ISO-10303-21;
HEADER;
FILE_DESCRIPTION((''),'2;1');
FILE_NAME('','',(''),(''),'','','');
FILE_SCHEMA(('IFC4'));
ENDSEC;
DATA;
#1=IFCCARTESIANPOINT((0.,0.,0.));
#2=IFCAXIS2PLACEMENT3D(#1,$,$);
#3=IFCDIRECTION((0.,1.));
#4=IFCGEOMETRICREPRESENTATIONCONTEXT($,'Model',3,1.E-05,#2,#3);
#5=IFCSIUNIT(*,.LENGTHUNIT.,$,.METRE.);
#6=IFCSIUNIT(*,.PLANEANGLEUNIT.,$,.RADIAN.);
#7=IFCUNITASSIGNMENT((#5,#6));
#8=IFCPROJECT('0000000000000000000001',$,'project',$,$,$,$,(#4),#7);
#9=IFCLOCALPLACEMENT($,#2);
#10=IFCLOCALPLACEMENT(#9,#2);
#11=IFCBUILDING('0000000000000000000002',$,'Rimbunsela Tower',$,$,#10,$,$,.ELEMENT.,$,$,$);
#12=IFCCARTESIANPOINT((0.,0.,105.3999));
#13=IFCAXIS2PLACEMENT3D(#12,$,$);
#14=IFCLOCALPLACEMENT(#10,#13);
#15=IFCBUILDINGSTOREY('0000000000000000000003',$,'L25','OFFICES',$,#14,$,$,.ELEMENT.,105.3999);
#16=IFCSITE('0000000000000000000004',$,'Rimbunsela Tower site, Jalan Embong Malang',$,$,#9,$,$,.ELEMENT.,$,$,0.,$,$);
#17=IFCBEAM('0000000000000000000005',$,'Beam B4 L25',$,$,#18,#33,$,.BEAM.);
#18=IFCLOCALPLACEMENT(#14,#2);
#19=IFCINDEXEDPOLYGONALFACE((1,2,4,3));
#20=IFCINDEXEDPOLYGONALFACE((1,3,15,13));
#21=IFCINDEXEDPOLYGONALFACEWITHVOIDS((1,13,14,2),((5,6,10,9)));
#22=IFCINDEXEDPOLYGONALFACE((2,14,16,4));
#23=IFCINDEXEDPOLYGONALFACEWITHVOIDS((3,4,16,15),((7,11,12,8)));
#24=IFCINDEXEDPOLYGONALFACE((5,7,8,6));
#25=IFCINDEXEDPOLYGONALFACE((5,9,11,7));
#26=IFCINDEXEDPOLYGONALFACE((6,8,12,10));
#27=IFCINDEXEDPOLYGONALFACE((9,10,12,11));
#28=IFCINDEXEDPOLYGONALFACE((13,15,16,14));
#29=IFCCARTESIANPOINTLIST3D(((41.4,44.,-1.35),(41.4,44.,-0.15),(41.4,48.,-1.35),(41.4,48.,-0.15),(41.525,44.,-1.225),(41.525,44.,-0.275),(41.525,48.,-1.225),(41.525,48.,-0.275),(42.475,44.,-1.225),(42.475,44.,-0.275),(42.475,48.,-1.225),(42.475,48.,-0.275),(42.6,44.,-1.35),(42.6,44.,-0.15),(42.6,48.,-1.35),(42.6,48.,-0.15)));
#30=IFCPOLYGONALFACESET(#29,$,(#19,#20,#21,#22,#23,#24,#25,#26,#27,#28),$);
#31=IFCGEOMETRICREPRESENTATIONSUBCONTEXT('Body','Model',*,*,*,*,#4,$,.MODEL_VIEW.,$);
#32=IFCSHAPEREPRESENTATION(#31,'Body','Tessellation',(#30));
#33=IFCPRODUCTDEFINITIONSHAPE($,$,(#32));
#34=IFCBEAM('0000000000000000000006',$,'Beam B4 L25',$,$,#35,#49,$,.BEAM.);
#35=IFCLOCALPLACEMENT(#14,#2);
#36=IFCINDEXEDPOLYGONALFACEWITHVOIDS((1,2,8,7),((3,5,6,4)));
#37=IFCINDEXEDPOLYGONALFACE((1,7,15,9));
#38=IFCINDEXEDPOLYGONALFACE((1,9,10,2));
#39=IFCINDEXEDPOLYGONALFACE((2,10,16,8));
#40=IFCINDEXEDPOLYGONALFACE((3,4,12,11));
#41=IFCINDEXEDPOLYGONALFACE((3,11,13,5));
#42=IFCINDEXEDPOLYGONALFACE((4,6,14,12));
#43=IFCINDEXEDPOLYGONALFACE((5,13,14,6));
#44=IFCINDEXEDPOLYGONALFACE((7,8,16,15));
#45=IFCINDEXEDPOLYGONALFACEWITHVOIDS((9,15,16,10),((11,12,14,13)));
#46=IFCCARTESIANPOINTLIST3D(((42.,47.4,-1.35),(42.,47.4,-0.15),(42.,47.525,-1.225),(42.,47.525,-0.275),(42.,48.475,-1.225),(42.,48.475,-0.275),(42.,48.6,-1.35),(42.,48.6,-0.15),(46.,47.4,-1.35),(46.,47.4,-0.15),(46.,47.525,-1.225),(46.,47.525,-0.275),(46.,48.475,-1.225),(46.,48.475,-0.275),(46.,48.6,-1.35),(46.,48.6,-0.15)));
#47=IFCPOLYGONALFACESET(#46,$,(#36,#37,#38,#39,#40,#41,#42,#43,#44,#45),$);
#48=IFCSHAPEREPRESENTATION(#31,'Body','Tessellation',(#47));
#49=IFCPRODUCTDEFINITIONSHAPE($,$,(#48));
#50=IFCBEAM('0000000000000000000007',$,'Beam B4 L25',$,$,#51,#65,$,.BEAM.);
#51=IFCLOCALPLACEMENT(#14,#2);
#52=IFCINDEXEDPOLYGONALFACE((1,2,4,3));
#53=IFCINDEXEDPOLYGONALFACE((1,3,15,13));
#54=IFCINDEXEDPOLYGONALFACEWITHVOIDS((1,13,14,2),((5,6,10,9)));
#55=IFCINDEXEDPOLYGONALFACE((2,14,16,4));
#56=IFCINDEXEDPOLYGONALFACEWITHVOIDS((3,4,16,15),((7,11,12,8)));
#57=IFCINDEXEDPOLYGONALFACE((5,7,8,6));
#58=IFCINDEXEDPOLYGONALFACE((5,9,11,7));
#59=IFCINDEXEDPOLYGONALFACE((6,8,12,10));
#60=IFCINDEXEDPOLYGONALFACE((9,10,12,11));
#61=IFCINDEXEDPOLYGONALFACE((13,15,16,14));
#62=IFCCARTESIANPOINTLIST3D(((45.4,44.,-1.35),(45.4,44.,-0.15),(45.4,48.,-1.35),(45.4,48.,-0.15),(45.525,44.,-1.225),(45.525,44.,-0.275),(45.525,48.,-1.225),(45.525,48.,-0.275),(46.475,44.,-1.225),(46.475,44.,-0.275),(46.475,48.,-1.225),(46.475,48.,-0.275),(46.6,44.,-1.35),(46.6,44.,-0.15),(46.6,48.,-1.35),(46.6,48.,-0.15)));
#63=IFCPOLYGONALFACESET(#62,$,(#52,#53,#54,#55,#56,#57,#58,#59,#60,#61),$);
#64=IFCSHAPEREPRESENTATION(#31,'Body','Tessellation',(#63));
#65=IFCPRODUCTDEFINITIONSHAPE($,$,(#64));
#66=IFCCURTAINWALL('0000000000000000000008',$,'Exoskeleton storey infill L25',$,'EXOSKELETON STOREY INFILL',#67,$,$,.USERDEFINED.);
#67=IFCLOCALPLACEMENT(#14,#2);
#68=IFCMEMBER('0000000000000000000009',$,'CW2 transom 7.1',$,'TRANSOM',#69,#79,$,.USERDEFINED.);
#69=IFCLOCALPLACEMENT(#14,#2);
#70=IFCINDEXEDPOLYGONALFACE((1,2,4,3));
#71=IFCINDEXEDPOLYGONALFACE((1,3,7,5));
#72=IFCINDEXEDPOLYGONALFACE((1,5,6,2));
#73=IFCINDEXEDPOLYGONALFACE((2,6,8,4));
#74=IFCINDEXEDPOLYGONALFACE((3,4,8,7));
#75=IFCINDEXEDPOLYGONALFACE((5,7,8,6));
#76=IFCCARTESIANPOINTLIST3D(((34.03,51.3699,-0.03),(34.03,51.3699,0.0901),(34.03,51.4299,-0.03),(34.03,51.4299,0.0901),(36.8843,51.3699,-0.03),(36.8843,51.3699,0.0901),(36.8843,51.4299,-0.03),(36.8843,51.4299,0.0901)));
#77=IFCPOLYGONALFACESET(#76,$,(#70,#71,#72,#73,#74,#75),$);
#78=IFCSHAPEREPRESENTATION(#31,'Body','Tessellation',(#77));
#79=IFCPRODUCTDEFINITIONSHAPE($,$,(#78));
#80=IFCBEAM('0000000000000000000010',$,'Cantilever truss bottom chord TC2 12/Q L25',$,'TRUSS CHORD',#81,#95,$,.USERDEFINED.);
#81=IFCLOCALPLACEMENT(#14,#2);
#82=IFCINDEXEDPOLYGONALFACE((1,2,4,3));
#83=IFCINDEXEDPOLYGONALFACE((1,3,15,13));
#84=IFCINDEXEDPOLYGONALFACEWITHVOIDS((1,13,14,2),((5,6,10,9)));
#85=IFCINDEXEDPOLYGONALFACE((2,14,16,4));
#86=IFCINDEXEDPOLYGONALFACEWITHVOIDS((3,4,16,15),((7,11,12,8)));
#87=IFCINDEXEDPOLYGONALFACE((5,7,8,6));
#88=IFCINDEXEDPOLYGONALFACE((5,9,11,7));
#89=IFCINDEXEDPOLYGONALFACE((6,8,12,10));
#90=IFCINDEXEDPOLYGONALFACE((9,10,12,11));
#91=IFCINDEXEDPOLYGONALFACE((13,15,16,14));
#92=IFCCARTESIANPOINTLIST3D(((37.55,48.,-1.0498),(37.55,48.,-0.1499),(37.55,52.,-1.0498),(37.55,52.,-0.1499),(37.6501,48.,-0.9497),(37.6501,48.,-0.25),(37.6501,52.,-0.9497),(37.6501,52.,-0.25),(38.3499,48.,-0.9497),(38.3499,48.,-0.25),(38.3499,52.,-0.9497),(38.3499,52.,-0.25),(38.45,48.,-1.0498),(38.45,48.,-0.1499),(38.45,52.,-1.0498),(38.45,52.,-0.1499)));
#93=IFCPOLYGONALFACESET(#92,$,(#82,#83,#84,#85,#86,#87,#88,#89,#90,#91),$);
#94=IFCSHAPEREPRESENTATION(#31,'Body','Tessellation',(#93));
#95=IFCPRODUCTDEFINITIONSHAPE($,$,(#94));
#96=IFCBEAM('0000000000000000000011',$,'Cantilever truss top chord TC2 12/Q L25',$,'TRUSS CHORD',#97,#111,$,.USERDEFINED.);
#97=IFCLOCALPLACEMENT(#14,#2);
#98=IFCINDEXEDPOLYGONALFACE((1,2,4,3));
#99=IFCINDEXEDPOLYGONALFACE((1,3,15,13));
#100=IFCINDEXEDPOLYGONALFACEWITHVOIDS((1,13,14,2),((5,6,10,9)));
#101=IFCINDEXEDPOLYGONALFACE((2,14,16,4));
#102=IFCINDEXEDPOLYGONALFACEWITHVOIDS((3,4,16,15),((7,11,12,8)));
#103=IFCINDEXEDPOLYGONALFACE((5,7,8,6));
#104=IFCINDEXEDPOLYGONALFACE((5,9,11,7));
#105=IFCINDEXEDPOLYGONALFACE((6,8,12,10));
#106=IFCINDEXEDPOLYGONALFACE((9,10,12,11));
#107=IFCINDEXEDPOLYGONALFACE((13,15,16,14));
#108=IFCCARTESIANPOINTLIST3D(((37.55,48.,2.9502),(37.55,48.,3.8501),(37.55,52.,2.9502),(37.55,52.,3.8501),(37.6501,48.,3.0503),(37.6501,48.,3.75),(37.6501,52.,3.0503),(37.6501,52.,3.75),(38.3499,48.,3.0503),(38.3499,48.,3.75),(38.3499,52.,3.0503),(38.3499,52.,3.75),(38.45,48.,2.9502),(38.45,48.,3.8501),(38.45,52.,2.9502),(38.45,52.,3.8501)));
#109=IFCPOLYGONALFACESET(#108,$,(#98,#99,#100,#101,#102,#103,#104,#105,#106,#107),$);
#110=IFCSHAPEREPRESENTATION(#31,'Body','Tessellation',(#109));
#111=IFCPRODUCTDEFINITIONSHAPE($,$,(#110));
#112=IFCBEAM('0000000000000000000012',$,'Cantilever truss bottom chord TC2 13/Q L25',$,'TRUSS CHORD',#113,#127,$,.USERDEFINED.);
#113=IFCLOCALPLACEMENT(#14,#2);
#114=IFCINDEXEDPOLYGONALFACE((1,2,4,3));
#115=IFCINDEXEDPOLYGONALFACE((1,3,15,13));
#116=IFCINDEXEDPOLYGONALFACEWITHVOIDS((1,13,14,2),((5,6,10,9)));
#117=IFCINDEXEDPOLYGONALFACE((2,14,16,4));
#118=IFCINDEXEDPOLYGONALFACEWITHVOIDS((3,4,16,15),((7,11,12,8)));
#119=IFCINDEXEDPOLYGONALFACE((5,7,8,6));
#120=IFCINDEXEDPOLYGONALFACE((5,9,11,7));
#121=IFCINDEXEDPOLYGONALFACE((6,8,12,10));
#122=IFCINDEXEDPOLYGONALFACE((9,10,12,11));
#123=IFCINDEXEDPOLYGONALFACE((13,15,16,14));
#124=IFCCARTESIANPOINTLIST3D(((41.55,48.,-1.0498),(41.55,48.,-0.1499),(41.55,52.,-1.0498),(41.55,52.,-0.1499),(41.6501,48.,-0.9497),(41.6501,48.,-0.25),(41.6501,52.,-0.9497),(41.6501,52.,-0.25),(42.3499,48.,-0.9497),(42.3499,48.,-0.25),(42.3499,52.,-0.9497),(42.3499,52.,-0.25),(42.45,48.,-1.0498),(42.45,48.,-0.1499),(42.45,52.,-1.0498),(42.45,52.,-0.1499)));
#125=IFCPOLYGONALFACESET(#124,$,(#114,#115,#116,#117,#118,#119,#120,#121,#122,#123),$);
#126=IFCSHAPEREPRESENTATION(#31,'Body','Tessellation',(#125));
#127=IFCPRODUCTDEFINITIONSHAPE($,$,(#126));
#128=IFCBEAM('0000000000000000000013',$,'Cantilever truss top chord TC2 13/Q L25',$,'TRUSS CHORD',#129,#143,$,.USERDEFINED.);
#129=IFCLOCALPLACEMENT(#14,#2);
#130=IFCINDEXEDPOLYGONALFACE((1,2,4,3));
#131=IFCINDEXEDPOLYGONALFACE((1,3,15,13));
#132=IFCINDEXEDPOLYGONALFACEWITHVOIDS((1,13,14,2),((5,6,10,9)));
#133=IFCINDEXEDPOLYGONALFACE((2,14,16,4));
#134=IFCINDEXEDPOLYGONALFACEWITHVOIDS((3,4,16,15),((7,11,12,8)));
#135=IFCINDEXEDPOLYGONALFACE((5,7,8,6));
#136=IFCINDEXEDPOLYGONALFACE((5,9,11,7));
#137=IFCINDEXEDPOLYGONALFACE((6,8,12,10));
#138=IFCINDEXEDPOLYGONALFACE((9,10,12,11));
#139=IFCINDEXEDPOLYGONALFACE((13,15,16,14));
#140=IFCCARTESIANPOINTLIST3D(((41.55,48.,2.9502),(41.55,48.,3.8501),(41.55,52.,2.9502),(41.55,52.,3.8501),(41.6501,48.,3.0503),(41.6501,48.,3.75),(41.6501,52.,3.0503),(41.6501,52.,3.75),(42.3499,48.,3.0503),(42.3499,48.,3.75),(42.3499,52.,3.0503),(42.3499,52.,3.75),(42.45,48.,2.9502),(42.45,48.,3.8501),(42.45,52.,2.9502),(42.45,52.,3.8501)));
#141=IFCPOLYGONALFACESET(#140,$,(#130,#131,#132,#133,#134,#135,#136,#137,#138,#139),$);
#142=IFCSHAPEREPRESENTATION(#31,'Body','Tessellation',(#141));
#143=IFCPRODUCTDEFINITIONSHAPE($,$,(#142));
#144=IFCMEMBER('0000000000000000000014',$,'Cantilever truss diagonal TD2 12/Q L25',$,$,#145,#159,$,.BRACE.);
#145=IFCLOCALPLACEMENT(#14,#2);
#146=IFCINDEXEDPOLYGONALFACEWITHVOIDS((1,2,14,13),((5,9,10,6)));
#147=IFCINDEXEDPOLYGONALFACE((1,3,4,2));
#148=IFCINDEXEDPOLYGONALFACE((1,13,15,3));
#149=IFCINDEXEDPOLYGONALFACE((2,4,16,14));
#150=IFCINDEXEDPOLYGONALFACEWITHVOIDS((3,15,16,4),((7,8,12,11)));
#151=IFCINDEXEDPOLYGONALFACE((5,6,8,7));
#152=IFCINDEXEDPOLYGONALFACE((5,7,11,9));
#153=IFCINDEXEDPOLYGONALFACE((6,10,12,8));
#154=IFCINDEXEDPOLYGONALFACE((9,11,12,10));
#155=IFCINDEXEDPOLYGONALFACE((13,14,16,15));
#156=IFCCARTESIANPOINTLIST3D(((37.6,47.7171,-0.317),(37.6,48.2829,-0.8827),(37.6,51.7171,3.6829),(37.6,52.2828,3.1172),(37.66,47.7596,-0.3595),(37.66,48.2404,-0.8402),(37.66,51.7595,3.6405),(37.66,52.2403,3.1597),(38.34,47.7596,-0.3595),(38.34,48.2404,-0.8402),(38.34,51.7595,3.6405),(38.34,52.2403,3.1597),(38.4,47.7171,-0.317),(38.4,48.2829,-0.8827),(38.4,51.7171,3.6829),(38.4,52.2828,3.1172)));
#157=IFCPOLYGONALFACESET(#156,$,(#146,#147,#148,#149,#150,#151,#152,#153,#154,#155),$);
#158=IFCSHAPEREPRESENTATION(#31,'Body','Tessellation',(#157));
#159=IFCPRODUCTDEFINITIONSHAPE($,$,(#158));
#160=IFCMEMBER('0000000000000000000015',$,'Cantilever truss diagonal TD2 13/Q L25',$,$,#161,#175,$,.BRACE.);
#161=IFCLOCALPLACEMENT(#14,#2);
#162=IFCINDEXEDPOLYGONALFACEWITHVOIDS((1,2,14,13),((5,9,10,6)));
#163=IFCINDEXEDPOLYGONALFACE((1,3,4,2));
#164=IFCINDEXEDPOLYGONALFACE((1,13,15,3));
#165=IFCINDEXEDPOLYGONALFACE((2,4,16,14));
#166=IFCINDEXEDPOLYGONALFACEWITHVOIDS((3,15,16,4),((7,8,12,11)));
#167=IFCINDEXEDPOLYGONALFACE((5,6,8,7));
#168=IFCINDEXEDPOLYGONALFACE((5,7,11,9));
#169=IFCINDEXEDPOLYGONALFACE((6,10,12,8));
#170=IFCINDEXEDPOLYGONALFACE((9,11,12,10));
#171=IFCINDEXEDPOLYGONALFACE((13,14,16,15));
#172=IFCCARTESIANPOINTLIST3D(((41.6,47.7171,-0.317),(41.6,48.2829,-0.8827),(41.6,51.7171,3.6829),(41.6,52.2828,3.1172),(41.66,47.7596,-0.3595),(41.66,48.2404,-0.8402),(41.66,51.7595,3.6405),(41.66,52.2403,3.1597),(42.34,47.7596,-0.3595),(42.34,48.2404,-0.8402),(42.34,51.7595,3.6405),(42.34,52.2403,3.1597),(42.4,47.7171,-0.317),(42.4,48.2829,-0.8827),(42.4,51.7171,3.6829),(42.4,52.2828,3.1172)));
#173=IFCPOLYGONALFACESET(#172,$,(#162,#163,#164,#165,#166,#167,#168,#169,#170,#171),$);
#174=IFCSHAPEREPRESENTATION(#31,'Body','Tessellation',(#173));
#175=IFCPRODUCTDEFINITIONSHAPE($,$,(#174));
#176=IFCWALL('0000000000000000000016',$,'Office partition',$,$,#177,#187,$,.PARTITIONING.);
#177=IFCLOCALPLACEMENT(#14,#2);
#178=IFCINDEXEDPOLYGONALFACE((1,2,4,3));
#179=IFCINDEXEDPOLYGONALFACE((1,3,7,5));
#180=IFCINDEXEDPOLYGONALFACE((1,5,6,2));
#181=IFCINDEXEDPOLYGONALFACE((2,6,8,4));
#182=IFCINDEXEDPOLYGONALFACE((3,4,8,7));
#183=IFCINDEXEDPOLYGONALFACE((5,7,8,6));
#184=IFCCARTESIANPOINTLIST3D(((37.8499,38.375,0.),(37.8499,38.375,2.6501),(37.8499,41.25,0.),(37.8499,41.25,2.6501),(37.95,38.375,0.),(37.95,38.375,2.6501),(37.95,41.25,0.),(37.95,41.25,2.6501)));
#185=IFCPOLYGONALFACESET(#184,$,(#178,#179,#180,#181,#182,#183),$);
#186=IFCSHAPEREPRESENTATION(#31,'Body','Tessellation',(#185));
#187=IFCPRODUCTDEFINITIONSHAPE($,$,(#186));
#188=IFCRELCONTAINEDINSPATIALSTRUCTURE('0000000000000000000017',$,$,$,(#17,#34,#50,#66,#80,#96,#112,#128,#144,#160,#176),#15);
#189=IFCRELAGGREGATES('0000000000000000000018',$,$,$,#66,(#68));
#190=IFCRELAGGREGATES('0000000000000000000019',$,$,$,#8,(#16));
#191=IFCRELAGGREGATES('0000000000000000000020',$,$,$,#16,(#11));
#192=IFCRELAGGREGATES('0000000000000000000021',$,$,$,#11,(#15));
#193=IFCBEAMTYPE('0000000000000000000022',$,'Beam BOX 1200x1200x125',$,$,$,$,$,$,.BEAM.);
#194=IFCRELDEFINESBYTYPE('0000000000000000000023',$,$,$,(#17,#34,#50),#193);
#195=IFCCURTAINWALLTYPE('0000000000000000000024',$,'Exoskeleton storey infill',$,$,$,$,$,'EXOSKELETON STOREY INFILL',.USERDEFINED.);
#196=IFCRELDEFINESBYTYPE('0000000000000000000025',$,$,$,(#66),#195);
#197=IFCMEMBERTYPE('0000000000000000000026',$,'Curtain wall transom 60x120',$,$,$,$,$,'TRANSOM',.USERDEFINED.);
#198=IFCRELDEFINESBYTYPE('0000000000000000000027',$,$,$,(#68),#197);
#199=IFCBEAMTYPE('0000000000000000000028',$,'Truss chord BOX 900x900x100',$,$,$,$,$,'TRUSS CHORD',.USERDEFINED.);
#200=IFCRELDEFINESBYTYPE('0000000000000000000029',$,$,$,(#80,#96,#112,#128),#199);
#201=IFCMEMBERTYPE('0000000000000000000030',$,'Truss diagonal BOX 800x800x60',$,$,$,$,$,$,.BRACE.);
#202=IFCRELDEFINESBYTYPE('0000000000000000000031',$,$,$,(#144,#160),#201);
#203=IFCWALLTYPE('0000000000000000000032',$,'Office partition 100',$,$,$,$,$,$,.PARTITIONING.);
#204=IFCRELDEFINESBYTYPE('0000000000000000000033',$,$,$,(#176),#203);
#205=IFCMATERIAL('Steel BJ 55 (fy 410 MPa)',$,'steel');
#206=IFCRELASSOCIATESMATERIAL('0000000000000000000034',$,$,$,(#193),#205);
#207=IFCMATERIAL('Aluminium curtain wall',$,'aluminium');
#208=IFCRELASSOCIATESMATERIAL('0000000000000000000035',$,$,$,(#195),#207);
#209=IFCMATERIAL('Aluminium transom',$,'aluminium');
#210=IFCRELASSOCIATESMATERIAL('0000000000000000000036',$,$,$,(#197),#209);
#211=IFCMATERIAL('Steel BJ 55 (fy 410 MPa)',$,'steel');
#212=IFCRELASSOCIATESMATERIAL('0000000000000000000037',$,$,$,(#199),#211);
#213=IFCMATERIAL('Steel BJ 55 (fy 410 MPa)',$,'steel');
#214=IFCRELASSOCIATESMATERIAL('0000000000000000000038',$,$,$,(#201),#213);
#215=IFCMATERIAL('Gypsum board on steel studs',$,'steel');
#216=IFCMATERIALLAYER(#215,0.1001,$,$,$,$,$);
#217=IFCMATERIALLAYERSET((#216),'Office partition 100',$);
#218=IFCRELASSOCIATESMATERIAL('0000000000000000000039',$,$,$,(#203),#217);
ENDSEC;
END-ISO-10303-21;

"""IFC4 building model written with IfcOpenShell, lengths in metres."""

from ifc_helpers import new_model, si_unit, direction, frame, frame_2d, origin, origin_2d, place, context, subcontext, project, spatial, rectangle, hollow_rectangle, extrude, material, layer, layer_set, material_profile, profile_set, type_object, element, aggregate, save


model = new_model("IFC4")

# Units and contexts
model_context = context("Model", 3, precision=1e-05, world=origin(), true_north=direction((0.0, 1.0)))
body_context = subcontext(model_context, "Body", "Model", "MODEL_VIEW")
ifc_project = project(units=[si_unit("LENGTHUNIT", "METRE"), si_unit("PLANEANGLEUNIT", "RADIAN")], contexts=[model_context])

# Site, building, storey
site_placement = place(None, origin())
site = spatial("IfcSite", under=ifc_project, at=site_placement, Name="Rimbunsela Tower site, Jalan Embong Malang", CompositionType="ELEMENT", RefElevation=0.0)
building_placement = place(site_placement, origin())
building = spatial("IfcBuilding", under=site, at=building_placement, Name="Rimbunsela Tower", CompositionType="ELEMENT")
storey_placement = place(building_placement, frame((0.0, 0.0, 105.3999)))
storey = spatial("IfcBuildingStorey", under=building, at=storey_placement, Name="L25", Description="OFFICES", CompositionType="ELEMENT", Elevation=105.3999)

# Beams
ifc_material_1 = material(Name="Steel BJ 55 (fy 410 MPa)", Category="steel")
ifc_material_profile_1 = material_profile(ifc_material_1, hollow_rectangle(XDim=1.2, YDim=1.2, WallThickness=0.125, at=origin_2d()), Name="BOX 1200x1200x125")
ifc_profile_set_1 = profile_set([ifc_material_profile_1], Name="Steel BJ 55 (fy 410 MPa)")
beam_type_1 = type_object("IfcBeamType", Name="Beam BOX 1200x1200x125", PredefinedType="BEAM", material=ifc_profile_set_1)
for number, where, z_axis, x_axis, name in (
    (1, (42.0, 44.0, -0.75), (0.0, 1.0, 0.0), (-1.0, 0.0, 0.0), "Beam B4 L25"),
    (2, (42.0, 48.0, -0.75), (1.0, 0.0, 0.0), (0.0, 1.0, 0.0), "Beam B4 L25"),
    (3, (46.0, 44.0, -0.75), (0.0, 1.0, 0.0), (-1.0, 0.0, 0.0), "Beam B4 L25"),
):
    element("IfcBeam", number, at=place(storey_placement, frame(where, z_axis=z_axis, x_axis=x_axis)), inside=storey, type_object=beam_type_1, Name=name, PredefinedType="BEAM", context=body_context, shape_type="SweptSolid", body=[
        extrude(hollow_rectangle(XDim=1.2, YDim=1.2, WallThickness=0.125, at=origin_2d()), origin(), (0.0, 0.0, 1.0), 4.0),
    ])

# Curtain wall, member
ifc_material_2 = material(Name="Aluminium curtain wall", Category="aluminium")
curtain_wall_type = type_object("IfcCurtainWallType", Name="Exoskeleton storey infill", ElementType="EXOSKELETON STOREY INFILL", PredefinedType="USERDEFINED", material=ifc_material_2)
curtain_wall_placement = place(storey_placement, origin())
curtain_wall = element("IfcCurtainWall", 4, at=curtain_wall_placement, inside=storey, type_object=curtain_wall_type, Name="Exoskeleton storey infill L25", ObjectType="EXOSKELETON STOREY INFILL", PredefinedType="USERDEFINED")
ifc_material_3 = material(Name="Aluminium transom", Category="aluminium")
ifc_material_profile_2 = material_profile(ifc_material_3, rectangle(XDim=0.0601, YDim=0.1201, at=origin_2d()), Name="Transom 60x120")
ifc_profile_set_2 = profile_set([ifc_material_profile_2], Name="Aluminium transom")
member_type_1 = type_object("IfcMemberType", Name="Curtain wall transom 60x120", ElementType="TRANSOM", PredefinedType="USERDEFINED", material=ifc_profile_set_2)
member_placement = place(storey_placement, frame((36.8843, 51.3999, 0.03), z_axis=(-1.0, 0.0, 0.0), x_axis=(0.0, -1.0, 0.0)))
member = element("IfcMember", 5, at=member_placement, type_object=member_type_1, Name="CW2 transom 7.1", ObjectType="TRANSOM", PredefinedType="USERDEFINED", context=body_context, shape_type="SweptSolid", body=[
    extrude(rectangle(XDim=0.0601, YDim=0.1201, at=origin_2d()), origin(), (0.0, 0.0, 1.0), 2.8542),
])
aggregate(curtain_wall, [member])

# Beams
ifc_material_4 = material(Name="Steel BJ 55 (fy 410 MPa)", Category="steel")
ifc_material_profile_3 = material_profile(ifc_material_4, hollow_rectangle(XDim=0.8999, YDim=0.8999, WallThickness=0.1001, at=origin_2d()), Name="BOX 900x900x100")
ifc_profile_set_3 = profile_set([ifc_material_profile_3], Name="Steel BJ 55 (fy 410 MPa)")
beam_type_2 = type_object("IfcBeamType", Name="Truss chord BOX 900x900x100", ElementType="TRUSS CHORD", PredefinedType="USERDEFINED", material=ifc_profile_set_3)
for number, where, z_axis, x_axis, name in (
    (6, (38.0, 48.0, -0.5999), (0.0, 1.0, 0.0), (-1.0, 0.0, 0.0), "Cantilever truss bottom chord TC2 12/Q L25"),
    (7, (38.0, 48.0, 3.4001), (0.0, 1.0, 0.0), (-1.0, 0.0, 0.0), "Cantilever truss top chord TC2 12/Q L25"),
    (8, (42.0, 48.0, -0.5999), (0.0, 1.0, 0.0), (-1.0, 0.0, 0.0), "Cantilever truss bottom chord TC2 13/Q L25"),
    (9, (42.0, 48.0, 3.4001), (0.0, 1.0, 0.0), (-1.0, 0.0, 0.0), "Cantilever truss top chord TC2 13/Q L25"),
):
    element("IfcBeam", number, at=place(storey_placement, frame(where, z_axis=z_axis, x_axis=x_axis)), inside=storey, type_object=beam_type_2, Name=name, ObjectType="TRUSS CHORD", PredefinedType="USERDEFINED", context=body_context, shape_type="SweptSolid", body=[
        extrude(hollow_rectangle(XDim=0.8999, YDim=0.8999, WallThickness=0.1001, at=origin_2d()), origin(), (0.0, 0.0, 1.0), 4.0),
    ])

# Members
ifc_material_5 = material(Name="Steel BJ 55 (fy 410 MPa)", Category="steel")
ifc_material_profile_4 = material_profile(ifc_material_5, hollow_rectangle(XDim=0.8, YDim=0.8, WallThickness=0.0601, at=origin_2d()), Name="BOX 800x800x60")
ifc_profile_set_4 = profile_set([ifc_material_profile_4], Name="Steel BJ 55 (fy 410 MPa)")
member_type_2 = type_object("IfcMemberType", Name="Truss diagonal BOX 800x800x60", PredefinedType="BRACE", material=ifc_profile_set_4)
for number, where, z_axis, x_axis, name in (
    (10, (38.0, 48.0, -0.5999), (0.0, 0.707107, 0.707107), (-1.0, 0.0, 0.0), "Cantilever truss diagonal TD2 12/Q L25"),
    (11, (42.0, 48.0, -0.5999), (0.0, 0.707107, 0.707107), (-1.0, 0.0, 0.0), "Cantilever truss diagonal TD2 13/Q L25"),
):
    element("IfcMember", number, at=place(storey_placement, frame(where, z_axis=z_axis, x_axis=x_axis)), inside=storey, type_object=member_type_2, Name=name, PredefinedType="BRACE", context=body_context, shape_type="SweptSolid", body=[
        extrude(hollow_rectangle(XDim=0.8, YDim=0.8, WallThickness=0.0601, at=origin_2d()), origin(), (0.0, 0.0, 1.0), 5.6567),
    ])

# Wall
ifc_material_6 = material(Name="Gypsum board on steel studs", Category="steel")
ifc_layer = layer(ifc_material_6, 0.1001)
ifc_layer_set = layer_set([ifc_layer], Name="Office partition 100")
wall_type = type_object("IfcWallType", Name="Office partition 100", PredefinedType="PARTITIONING", material=ifc_layer_set)
wall_placement = place(storey_placement, frame((37.8999, 38.375, 0.0), z_axis=(0.0, 0.0, 1.0), x_axis=(0.0, 1.0, 0.0)))
element("IfcWall", 12, at=wall_placement, inside=storey, type_object=wall_type, Name="Office partition", PredefinedType="PARTITIONING", context=body_context, shape_type="SweptSolid", body=[
    extrude(rectangle(XDim=2.875, YDim=0.1001, at=frame_2d((1.4375, 0.0))), origin(), (0.0, 0.0, 1.0), 2.6501),
])

save(model, "model.ifc")
